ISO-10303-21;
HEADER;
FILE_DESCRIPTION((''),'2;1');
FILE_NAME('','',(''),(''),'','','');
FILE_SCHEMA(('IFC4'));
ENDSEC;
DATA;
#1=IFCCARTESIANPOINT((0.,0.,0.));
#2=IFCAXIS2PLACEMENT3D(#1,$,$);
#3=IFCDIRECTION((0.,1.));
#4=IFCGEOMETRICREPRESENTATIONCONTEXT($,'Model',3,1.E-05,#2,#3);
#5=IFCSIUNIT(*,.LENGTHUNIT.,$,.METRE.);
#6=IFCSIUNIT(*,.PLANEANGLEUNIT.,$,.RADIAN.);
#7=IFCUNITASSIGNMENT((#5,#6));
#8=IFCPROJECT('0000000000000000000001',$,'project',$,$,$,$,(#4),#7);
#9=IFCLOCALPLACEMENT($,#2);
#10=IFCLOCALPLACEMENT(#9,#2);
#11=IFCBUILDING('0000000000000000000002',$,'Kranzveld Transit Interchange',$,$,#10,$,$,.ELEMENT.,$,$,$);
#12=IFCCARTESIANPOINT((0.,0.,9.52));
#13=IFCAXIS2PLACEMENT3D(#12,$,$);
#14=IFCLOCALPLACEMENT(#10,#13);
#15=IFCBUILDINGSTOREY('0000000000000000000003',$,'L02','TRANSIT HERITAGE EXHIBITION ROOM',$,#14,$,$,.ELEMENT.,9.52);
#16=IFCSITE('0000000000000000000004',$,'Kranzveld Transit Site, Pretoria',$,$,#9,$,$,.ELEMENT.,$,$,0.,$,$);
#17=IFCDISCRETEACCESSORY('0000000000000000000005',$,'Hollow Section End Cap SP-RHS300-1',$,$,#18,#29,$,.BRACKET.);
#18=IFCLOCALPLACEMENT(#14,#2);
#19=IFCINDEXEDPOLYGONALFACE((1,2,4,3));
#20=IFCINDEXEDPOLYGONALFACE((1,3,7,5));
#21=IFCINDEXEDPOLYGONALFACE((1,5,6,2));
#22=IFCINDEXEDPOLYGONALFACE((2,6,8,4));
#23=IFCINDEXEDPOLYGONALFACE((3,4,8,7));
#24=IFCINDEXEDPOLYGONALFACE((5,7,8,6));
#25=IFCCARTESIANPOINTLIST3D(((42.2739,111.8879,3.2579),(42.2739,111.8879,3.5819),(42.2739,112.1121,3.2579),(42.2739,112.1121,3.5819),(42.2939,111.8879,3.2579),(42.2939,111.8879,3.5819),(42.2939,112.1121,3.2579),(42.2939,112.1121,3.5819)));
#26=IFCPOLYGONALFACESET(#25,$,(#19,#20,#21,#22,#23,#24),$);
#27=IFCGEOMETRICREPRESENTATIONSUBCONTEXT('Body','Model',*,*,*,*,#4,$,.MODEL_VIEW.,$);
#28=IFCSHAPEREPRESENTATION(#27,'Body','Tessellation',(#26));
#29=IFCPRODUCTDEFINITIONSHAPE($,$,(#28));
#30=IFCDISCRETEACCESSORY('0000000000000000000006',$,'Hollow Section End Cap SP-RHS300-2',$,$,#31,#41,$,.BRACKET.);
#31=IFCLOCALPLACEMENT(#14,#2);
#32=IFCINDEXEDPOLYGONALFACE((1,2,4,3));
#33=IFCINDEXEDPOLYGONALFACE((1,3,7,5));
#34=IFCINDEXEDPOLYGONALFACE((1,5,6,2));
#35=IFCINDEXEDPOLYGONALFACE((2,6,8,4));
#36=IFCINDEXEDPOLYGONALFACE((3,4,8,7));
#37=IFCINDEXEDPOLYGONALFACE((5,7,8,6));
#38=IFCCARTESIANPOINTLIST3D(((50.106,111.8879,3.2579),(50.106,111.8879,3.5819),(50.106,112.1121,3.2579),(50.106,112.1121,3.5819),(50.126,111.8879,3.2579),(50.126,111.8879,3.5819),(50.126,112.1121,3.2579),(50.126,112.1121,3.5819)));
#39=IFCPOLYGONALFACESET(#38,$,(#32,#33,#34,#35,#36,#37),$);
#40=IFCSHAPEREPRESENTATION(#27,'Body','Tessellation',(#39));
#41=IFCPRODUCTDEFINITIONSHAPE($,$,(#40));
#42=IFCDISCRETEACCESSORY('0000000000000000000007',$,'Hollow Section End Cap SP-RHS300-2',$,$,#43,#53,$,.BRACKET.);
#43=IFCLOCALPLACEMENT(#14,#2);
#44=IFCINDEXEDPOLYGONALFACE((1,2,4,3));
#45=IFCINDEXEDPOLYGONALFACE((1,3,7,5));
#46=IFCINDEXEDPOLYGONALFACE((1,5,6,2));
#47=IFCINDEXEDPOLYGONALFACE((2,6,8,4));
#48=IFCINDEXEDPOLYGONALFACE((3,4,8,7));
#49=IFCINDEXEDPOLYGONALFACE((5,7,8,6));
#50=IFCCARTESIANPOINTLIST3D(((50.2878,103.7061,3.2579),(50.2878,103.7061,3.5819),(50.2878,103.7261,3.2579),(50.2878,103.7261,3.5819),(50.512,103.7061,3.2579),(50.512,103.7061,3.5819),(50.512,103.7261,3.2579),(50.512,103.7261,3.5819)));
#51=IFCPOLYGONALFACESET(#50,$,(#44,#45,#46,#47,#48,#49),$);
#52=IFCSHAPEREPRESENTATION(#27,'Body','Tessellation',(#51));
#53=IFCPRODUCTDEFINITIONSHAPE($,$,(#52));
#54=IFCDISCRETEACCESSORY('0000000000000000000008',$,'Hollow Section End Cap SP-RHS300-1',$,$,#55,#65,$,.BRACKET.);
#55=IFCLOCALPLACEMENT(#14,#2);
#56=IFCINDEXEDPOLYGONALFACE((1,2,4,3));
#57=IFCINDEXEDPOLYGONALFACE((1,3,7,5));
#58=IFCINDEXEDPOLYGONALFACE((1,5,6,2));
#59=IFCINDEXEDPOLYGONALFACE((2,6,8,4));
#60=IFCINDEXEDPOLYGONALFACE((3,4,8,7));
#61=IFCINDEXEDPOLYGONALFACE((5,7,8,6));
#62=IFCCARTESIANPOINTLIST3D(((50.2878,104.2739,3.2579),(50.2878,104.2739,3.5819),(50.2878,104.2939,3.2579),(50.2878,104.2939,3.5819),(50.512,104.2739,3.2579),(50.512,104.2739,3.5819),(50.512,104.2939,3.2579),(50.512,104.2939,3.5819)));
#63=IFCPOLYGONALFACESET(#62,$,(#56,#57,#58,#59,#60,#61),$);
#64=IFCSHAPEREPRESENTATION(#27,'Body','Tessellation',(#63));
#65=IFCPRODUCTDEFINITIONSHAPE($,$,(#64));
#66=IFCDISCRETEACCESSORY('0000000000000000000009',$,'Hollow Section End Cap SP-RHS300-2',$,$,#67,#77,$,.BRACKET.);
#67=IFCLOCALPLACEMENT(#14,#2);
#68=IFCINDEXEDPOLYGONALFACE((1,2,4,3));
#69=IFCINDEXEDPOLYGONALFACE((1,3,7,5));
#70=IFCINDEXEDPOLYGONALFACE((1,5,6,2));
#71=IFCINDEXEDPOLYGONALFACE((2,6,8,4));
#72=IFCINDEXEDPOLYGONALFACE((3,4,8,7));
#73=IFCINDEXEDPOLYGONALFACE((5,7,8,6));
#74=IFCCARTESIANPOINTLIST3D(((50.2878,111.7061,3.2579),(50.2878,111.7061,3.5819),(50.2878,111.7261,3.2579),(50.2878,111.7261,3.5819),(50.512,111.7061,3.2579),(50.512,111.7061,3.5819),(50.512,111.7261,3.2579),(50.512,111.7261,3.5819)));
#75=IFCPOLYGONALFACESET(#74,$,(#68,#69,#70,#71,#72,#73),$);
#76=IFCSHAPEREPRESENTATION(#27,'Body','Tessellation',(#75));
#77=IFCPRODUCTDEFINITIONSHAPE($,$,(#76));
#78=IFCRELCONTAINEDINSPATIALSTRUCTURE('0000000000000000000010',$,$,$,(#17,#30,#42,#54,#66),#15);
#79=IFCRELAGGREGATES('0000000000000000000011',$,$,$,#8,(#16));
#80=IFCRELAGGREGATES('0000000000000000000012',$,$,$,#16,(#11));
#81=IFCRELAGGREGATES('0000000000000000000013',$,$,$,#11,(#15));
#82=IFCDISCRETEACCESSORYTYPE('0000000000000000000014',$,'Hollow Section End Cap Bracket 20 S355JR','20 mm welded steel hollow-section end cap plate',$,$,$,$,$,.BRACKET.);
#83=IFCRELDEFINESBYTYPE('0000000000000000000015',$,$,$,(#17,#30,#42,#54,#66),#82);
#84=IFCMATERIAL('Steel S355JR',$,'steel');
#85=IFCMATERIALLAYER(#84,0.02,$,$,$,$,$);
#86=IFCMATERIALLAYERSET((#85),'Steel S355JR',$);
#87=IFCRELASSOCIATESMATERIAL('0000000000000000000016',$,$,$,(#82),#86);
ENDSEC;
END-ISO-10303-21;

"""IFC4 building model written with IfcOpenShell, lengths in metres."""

from ifc_helpers import new_model, si_unit, direction, frame, origin, origin_2d, place, context, subcontext, project, spatial, rectangle, extrude, material, layer, layer_set, type_object, element, save


model = new_model("IFC4")

# Units and contexts
model_context = context("Model", 3, precision=1e-05, world=origin(), true_north=direction((0.0, 1.0)))
body_context = subcontext(model_context, "Body", "Model", "MODEL_VIEW")
ifc_project = project(units=[si_unit("LENGTHUNIT", "METRE"), si_unit("PLANEANGLEUNIT", "RADIAN")], contexts=[model_context])

# Site, building, storey
site_placement = place(None, origin())
site = spatial("IfcSite", under=ifc_project, at=site_placement, Name="Kranzveld Transit Site, Pretoria", CompositionType="ELEMENT", RefElevation=0.0)
building_placement = place(site_placement, origin())
building = spatial("IfcBuilding", under=site, at=building_placement, Name="Kranzveld Transit Interchange", CompositionType="ELEMENT")
storey_placement = place(building_placement, frame((0.0, 0.0, 9.52)))
storey = spatial("IfcBuildingStorey", under=building, at=storey_placement, Name="L02", Description="TRANSIT HERITAGE EXHIBITION ROOM", CompositionType="ELEMENT", Elevation=9.52)

# Discrete accessories
ifc_material_1 = material(Name="Steel S355JR", Category="steel")
ifc_layer_1 = layer(ifc_material_1, 0.02)
ifc_layer_set_1 = layer_set([ifc_layer_1], Name="Steel S355JR")
discrete_accessory_type = type_object("IfcDiscreteAccessoryType", Name="Hollow Section End Cap Bracket 20 S355JR", Description="20 mm welded steel hollow-section end cap plate", PredefinedType="BRACKET", material=ifc_layer_set_1)
for number, where, z_axis, x_axis, name in (
    (1, (42.2939, 112.0, 3.4199), (-1.0, 0.0, 0.0), (0.0, -1.0, 0.0), "Hollow Section End Cap SP-RHS300-1"),
    (2, (50.106, 112.0, 3.4199), (1.0, 0.0, 0.0), (0.0, 1.0, 0.0), "Hollow Section End Cap SP-RHS300-2"),
    (3, (50.3999, 103.7061, 3.4199), (0.0, 1.0, 0.0), (-1.0, 0.0, 0.0), "Hollow Section End Cap SP-RHS300-2"),
    (4, (50.3999, 104.2939, 3.4199), (0.0, -1.0, 0.0), (1.0, 0.0, 0.0), "Hollow Section End Cap SP-RHS300-1"),
    (5, (50.3999, 111.7061, 3.4199), (0.0, 1.0, 0.0), (-1.0, 0.0, 0.0), "Hollow Section End Cap SP-RHS300-2"),
):
    element("IfcDiscreteAccessory", number, at=place(storey_placement, frame(where, z_axis=z_axis, x_axis=x_axis)), inside=storey, type_object=discrete_accessory_type, Name=name, PredefinedType="BRACKET", context=body_context, shape_type="SweptSolid", body=[
        extrude(rectangle(XDim=0.2241, YDim=0.324, at=origin_2d()), origin(), (0.0, 0.0, 1.0), 0.02),
    ])

save(model, "model.ifc")
